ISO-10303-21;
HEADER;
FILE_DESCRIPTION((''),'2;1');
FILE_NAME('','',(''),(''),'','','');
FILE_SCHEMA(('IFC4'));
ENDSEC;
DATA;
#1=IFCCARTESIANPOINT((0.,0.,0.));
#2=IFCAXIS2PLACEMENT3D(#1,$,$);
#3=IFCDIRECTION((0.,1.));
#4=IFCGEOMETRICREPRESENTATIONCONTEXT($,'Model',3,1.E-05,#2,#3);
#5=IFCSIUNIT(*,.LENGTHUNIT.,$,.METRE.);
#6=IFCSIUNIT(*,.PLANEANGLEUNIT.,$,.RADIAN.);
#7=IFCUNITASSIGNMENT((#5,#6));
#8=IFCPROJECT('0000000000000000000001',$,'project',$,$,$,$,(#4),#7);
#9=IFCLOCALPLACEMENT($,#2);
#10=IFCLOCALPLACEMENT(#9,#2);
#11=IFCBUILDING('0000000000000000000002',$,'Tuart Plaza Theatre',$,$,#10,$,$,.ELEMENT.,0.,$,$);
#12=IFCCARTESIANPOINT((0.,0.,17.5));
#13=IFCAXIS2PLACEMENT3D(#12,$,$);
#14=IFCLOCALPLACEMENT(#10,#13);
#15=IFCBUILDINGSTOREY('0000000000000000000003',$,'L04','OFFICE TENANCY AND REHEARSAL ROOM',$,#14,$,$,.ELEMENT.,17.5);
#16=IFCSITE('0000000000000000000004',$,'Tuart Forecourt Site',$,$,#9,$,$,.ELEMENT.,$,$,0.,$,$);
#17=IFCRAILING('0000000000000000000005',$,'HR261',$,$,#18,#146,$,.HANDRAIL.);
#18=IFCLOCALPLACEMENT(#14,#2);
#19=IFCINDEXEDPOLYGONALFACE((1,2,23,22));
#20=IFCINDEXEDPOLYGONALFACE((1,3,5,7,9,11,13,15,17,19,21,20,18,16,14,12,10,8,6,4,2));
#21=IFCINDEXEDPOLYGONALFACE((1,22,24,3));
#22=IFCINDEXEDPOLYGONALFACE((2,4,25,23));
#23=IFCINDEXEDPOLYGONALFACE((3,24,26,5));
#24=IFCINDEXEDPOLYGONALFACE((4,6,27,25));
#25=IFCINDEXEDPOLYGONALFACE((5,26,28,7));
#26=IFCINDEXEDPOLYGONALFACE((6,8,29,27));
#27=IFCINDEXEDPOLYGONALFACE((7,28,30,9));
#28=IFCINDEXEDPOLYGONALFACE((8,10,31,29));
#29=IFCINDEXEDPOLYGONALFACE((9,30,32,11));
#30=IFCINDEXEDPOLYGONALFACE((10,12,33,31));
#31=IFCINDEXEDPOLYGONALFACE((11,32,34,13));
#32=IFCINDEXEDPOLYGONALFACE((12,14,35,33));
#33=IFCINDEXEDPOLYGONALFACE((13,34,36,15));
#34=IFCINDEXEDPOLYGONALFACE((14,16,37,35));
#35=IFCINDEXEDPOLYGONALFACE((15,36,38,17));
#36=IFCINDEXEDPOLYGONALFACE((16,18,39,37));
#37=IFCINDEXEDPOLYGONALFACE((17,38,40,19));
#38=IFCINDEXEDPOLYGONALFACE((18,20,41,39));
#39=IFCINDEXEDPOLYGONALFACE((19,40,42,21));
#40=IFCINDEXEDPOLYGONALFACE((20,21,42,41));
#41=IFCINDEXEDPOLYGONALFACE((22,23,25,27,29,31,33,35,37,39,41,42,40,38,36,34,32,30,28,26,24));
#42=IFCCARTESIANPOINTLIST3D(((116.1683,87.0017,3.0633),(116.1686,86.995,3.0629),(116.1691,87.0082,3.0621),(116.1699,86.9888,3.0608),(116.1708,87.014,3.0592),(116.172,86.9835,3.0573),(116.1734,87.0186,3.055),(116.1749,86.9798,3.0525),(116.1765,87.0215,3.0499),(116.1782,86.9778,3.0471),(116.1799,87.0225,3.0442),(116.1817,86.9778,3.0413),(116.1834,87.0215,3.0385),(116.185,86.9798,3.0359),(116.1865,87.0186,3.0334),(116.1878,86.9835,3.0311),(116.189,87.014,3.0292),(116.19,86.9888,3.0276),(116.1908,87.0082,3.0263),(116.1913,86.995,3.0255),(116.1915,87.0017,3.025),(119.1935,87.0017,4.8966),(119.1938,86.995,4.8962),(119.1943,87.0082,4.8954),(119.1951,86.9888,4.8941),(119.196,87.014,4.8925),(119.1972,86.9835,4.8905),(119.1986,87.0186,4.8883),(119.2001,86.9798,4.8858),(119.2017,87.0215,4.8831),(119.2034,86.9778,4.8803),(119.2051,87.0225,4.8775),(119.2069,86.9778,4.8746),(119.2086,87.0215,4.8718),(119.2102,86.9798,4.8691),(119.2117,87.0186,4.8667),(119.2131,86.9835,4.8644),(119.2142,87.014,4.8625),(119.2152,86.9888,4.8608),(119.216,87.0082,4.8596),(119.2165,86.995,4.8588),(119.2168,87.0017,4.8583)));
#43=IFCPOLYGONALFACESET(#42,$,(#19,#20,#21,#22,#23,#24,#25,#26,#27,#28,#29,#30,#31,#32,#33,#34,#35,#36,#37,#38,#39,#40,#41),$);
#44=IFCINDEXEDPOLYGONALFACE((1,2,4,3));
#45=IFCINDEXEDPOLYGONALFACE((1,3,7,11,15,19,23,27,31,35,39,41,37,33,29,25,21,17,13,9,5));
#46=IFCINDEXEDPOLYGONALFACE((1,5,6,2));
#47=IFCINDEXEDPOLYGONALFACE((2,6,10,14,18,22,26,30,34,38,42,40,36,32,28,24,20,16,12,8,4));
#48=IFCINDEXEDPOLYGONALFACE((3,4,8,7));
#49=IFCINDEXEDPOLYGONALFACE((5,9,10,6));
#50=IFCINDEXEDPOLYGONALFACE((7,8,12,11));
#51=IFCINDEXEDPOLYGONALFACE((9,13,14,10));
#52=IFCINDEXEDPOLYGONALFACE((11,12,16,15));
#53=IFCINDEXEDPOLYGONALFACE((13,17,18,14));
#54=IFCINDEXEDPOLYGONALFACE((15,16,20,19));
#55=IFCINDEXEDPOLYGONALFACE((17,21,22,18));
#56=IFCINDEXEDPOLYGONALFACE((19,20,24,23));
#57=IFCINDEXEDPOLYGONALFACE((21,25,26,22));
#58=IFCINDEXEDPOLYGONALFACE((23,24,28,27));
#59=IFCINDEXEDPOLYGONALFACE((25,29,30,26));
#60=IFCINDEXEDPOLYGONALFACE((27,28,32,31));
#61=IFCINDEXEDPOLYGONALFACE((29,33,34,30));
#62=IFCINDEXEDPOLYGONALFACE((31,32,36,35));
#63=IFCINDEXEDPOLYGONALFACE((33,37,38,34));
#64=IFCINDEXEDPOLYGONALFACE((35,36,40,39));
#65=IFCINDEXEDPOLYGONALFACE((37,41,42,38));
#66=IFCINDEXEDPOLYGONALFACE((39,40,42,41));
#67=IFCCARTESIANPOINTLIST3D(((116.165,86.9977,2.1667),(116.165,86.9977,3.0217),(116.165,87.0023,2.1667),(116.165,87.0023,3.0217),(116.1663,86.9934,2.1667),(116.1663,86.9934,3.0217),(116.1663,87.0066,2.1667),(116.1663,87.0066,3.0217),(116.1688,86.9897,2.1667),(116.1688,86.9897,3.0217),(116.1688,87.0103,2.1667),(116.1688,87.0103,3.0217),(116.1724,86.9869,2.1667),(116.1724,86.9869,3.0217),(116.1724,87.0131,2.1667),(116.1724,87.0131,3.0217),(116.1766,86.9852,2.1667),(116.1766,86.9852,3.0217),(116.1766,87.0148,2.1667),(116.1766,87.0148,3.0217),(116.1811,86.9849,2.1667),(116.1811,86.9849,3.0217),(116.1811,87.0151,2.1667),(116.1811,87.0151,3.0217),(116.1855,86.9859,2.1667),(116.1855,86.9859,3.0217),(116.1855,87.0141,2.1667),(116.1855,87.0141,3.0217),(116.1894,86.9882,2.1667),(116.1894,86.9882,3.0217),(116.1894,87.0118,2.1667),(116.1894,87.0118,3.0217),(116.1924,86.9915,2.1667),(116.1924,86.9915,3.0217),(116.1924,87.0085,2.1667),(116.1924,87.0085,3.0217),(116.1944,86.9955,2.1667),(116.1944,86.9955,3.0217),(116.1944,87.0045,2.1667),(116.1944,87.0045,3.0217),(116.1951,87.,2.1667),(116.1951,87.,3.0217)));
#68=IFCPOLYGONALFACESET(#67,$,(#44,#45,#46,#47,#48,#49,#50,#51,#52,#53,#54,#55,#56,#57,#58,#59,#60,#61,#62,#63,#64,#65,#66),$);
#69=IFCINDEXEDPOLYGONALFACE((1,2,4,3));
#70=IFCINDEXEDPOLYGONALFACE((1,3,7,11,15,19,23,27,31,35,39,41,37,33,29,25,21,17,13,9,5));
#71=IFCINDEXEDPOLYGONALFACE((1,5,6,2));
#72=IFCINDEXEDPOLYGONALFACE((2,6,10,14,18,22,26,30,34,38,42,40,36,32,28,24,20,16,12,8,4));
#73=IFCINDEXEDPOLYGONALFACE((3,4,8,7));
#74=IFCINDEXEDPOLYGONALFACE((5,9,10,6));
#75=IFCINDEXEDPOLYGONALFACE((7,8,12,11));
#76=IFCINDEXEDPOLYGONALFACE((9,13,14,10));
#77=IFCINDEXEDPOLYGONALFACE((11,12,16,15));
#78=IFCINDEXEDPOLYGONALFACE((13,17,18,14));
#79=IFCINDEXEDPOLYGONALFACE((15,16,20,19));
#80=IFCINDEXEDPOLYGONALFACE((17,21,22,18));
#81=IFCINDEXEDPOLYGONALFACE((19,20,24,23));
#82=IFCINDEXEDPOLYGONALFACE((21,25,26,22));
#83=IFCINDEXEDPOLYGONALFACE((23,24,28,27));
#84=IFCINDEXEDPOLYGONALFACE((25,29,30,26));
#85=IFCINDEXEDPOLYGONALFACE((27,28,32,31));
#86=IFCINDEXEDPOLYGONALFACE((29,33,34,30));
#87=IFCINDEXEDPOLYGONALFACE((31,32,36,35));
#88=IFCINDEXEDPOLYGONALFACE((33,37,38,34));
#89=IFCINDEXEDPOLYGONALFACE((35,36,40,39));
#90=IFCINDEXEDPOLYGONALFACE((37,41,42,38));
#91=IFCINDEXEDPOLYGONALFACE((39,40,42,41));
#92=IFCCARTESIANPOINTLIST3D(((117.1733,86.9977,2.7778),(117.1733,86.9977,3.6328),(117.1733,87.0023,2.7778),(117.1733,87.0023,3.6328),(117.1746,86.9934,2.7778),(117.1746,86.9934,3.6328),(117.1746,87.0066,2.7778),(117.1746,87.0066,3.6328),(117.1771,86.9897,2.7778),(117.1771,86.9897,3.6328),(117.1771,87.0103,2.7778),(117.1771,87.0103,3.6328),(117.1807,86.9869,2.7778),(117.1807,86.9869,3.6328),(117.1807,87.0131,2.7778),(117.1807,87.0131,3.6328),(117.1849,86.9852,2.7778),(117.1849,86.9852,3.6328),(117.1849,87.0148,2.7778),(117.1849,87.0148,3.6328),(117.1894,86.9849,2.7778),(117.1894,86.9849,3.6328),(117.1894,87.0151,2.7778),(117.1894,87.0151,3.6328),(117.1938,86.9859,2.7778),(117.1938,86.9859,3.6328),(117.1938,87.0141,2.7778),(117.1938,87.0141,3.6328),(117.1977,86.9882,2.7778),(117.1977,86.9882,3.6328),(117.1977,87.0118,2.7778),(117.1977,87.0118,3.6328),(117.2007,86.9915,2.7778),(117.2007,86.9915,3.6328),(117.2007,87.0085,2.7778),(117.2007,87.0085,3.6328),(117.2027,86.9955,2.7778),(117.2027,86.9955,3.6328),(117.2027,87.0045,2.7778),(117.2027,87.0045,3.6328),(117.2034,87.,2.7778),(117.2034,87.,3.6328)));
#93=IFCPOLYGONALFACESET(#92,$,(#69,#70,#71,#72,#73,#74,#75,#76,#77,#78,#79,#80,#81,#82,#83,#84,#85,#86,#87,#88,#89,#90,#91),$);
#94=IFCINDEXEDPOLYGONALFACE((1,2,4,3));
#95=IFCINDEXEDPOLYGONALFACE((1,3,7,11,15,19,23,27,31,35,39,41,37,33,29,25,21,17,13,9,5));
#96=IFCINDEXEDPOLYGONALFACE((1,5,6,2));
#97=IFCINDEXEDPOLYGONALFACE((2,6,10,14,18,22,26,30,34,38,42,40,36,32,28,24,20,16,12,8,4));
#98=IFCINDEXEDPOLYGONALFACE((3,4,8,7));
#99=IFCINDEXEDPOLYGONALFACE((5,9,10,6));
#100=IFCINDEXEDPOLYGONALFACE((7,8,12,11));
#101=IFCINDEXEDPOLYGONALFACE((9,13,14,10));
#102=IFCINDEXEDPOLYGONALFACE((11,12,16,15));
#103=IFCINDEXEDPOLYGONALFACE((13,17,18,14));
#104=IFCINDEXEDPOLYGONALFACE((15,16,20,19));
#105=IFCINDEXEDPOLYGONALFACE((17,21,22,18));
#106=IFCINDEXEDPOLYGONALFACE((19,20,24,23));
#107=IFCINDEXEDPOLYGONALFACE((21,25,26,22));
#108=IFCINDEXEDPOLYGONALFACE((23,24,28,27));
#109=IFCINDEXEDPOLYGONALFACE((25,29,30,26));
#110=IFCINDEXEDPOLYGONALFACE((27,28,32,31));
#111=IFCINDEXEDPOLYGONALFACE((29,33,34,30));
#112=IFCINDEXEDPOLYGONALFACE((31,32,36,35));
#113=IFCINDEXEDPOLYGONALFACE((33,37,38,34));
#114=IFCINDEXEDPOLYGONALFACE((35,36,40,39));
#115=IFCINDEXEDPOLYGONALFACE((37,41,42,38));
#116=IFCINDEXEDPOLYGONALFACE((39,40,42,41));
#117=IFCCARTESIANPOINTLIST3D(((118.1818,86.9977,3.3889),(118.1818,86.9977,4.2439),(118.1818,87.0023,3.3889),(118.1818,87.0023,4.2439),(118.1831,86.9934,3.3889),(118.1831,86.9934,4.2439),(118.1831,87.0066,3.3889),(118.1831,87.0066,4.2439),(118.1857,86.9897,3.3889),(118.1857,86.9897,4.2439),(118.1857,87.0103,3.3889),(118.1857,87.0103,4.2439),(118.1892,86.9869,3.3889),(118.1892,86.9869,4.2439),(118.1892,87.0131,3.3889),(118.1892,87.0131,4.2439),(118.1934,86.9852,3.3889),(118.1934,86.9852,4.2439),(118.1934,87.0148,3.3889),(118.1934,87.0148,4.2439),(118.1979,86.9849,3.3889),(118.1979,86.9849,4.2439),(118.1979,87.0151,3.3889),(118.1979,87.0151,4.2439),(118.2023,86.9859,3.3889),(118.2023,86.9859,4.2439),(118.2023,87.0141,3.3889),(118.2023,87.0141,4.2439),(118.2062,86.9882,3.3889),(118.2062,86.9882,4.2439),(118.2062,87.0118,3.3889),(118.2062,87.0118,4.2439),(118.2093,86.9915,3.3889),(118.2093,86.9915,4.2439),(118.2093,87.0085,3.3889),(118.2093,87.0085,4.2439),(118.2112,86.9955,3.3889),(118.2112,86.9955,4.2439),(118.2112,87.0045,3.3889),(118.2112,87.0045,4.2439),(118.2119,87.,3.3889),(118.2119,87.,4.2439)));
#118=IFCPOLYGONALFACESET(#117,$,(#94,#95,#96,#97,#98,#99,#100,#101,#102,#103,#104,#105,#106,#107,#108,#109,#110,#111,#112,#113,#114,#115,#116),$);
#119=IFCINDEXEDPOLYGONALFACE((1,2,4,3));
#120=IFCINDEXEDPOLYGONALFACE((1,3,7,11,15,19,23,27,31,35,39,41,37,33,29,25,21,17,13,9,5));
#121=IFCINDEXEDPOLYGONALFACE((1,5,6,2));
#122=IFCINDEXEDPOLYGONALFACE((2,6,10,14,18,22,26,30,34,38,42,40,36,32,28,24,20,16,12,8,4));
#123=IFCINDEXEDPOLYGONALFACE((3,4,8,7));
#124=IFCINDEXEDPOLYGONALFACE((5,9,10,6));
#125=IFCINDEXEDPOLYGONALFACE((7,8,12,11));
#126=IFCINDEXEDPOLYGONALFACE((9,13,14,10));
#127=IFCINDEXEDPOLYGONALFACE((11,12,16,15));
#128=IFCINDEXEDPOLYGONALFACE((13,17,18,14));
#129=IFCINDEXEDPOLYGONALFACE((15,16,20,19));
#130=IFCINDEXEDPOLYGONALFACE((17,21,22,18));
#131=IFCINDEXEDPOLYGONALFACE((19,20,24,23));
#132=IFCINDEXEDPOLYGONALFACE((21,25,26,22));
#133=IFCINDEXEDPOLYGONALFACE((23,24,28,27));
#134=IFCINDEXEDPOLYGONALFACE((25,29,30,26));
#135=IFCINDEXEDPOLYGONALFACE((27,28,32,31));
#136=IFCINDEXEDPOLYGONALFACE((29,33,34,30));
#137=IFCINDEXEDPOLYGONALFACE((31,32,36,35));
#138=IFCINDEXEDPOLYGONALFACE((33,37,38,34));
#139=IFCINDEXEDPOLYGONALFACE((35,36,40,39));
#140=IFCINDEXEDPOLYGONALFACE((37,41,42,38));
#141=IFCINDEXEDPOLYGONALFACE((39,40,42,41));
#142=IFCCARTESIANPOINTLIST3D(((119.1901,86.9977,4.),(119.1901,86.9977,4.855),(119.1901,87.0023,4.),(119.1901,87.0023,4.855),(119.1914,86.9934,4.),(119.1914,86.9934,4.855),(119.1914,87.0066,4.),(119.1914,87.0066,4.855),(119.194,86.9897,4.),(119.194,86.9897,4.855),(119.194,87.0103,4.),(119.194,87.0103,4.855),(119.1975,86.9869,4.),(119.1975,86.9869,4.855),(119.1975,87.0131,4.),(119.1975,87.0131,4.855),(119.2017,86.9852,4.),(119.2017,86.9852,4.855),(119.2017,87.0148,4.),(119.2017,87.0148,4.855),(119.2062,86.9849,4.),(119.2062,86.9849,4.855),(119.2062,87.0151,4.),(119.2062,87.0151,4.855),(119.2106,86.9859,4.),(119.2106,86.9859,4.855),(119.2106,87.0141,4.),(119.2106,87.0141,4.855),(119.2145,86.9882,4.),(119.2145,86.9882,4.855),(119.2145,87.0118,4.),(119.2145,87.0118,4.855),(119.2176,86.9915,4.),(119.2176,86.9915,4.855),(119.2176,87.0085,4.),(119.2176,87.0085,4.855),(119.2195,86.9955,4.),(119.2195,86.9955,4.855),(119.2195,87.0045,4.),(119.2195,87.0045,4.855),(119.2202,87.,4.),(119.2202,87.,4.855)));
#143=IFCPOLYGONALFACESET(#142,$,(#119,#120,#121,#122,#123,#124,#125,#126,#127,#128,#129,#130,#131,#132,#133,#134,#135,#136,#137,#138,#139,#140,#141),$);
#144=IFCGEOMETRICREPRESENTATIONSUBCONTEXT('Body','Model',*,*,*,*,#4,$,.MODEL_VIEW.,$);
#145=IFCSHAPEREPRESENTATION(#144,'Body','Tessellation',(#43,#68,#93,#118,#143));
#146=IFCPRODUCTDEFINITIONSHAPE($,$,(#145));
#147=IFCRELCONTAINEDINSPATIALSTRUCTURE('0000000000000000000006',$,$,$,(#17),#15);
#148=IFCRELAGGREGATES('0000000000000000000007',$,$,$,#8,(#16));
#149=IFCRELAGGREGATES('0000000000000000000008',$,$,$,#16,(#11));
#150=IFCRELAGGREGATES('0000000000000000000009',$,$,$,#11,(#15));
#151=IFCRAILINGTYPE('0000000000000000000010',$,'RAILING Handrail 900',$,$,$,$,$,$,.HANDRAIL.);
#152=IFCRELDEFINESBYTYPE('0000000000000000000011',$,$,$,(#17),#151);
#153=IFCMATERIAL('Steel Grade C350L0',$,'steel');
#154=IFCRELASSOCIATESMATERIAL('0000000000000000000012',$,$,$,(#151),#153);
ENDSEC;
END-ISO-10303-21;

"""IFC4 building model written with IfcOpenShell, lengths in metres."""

from ifc_helpers import new_model, si_unit, direction, frame, origin, origin_2d, place, context, subcontext, project, spatial, circle, extrude, material, type_object, element, save


model = new_model("IFC4")

# Units and contexts
model_context = context("Model", 3, precision=1e-05, world=origin(), true_north=direction((0.0, 1.0)))
body_context = subcontext(model_context, "Body", "Model", "MODEL_VIEW")
ifc_project = project(units=[si_unit("LENGTHUNIT", "METRE"), si_unit("PLANEANGLEUNIT", "RADIAN")], contexts=[model_context])

# Site, building, storey
site_placement = place(None, origin())
site = spatial("IfcSite", under=ifc_project, at=site_placement, Name="Tuart Forecourt Site", CompositionType="ELEMENT", RefElevation=0.0)
building_placement = place(site_placement, origin())
building = spatial("IfcBuilding", under=site, at=building_placement, Name="Tuart Plaza Theatre", CompositionType="ELEMENT", ElevationOfRefHeight=0.0)
storey_placement = place(building_placement, frame((0.0, 0.0, 17.5)))
storey = spatial("IfcBuildingStorey", under=building, at=storey_placement, Name="L04", Description="OFFICE TENANCY AND REHEARSAL ROOM", CompositionType="ELEMENT", Elevation=17.5)

# Railing
ifc_material_1 = material(Name="Steel Grade C350L0", Category="steel")
railing_type_1 = type_object("IfcRailingType", Name="RAILING Handrail 900", PredefinedType="HANDRAIL", material=ifc_material_1)
for number, where, name in (
    (1, (116.1799, 87.0, 2.1667), "HR261"),
):
    element("IfcRailing", number, at=place(storey_placement, frame(where)), inside=storey, type_object=railing_type_1, Name=name, PredefinedType="HANDRAIL", context=body_context, shape_type="SweptSolid", body=[
        extrude(circle(Radius=0.0225, at=origin_2d()), frame((0.0, 0.0, 0.8774), z_axis=(0.855219, 0.0, 0.518267), x_axis=(0.0, 1.0, 0.0)), (0.0, 0.0, 1.0), 3.5374),
        extrude(circle(Radius=0.0151, at=origin_2d()), origin(), (0.0, 0.0, 1.0), 0.855),
        extrude(circle(Radius=0.0151, at=origin_2d()), frame((1.0083, 0.0, 0.6111)), (0.0, 0.0, 1.0), 0.855),
        extrude(circle(Radius=0.0151, at=origin_2d()), frame((2.0168, 0.0, 1.2222)), (0.0, 0.0, 1.0), 0.855),
        extrude(circle(Radius=0.0151, at=origin_2d()), frame((3.0251, 0.0, 1.8333)), (0.0, 0.0, 1.0), 0.855),
    ])

save(model, "model.ifc")
